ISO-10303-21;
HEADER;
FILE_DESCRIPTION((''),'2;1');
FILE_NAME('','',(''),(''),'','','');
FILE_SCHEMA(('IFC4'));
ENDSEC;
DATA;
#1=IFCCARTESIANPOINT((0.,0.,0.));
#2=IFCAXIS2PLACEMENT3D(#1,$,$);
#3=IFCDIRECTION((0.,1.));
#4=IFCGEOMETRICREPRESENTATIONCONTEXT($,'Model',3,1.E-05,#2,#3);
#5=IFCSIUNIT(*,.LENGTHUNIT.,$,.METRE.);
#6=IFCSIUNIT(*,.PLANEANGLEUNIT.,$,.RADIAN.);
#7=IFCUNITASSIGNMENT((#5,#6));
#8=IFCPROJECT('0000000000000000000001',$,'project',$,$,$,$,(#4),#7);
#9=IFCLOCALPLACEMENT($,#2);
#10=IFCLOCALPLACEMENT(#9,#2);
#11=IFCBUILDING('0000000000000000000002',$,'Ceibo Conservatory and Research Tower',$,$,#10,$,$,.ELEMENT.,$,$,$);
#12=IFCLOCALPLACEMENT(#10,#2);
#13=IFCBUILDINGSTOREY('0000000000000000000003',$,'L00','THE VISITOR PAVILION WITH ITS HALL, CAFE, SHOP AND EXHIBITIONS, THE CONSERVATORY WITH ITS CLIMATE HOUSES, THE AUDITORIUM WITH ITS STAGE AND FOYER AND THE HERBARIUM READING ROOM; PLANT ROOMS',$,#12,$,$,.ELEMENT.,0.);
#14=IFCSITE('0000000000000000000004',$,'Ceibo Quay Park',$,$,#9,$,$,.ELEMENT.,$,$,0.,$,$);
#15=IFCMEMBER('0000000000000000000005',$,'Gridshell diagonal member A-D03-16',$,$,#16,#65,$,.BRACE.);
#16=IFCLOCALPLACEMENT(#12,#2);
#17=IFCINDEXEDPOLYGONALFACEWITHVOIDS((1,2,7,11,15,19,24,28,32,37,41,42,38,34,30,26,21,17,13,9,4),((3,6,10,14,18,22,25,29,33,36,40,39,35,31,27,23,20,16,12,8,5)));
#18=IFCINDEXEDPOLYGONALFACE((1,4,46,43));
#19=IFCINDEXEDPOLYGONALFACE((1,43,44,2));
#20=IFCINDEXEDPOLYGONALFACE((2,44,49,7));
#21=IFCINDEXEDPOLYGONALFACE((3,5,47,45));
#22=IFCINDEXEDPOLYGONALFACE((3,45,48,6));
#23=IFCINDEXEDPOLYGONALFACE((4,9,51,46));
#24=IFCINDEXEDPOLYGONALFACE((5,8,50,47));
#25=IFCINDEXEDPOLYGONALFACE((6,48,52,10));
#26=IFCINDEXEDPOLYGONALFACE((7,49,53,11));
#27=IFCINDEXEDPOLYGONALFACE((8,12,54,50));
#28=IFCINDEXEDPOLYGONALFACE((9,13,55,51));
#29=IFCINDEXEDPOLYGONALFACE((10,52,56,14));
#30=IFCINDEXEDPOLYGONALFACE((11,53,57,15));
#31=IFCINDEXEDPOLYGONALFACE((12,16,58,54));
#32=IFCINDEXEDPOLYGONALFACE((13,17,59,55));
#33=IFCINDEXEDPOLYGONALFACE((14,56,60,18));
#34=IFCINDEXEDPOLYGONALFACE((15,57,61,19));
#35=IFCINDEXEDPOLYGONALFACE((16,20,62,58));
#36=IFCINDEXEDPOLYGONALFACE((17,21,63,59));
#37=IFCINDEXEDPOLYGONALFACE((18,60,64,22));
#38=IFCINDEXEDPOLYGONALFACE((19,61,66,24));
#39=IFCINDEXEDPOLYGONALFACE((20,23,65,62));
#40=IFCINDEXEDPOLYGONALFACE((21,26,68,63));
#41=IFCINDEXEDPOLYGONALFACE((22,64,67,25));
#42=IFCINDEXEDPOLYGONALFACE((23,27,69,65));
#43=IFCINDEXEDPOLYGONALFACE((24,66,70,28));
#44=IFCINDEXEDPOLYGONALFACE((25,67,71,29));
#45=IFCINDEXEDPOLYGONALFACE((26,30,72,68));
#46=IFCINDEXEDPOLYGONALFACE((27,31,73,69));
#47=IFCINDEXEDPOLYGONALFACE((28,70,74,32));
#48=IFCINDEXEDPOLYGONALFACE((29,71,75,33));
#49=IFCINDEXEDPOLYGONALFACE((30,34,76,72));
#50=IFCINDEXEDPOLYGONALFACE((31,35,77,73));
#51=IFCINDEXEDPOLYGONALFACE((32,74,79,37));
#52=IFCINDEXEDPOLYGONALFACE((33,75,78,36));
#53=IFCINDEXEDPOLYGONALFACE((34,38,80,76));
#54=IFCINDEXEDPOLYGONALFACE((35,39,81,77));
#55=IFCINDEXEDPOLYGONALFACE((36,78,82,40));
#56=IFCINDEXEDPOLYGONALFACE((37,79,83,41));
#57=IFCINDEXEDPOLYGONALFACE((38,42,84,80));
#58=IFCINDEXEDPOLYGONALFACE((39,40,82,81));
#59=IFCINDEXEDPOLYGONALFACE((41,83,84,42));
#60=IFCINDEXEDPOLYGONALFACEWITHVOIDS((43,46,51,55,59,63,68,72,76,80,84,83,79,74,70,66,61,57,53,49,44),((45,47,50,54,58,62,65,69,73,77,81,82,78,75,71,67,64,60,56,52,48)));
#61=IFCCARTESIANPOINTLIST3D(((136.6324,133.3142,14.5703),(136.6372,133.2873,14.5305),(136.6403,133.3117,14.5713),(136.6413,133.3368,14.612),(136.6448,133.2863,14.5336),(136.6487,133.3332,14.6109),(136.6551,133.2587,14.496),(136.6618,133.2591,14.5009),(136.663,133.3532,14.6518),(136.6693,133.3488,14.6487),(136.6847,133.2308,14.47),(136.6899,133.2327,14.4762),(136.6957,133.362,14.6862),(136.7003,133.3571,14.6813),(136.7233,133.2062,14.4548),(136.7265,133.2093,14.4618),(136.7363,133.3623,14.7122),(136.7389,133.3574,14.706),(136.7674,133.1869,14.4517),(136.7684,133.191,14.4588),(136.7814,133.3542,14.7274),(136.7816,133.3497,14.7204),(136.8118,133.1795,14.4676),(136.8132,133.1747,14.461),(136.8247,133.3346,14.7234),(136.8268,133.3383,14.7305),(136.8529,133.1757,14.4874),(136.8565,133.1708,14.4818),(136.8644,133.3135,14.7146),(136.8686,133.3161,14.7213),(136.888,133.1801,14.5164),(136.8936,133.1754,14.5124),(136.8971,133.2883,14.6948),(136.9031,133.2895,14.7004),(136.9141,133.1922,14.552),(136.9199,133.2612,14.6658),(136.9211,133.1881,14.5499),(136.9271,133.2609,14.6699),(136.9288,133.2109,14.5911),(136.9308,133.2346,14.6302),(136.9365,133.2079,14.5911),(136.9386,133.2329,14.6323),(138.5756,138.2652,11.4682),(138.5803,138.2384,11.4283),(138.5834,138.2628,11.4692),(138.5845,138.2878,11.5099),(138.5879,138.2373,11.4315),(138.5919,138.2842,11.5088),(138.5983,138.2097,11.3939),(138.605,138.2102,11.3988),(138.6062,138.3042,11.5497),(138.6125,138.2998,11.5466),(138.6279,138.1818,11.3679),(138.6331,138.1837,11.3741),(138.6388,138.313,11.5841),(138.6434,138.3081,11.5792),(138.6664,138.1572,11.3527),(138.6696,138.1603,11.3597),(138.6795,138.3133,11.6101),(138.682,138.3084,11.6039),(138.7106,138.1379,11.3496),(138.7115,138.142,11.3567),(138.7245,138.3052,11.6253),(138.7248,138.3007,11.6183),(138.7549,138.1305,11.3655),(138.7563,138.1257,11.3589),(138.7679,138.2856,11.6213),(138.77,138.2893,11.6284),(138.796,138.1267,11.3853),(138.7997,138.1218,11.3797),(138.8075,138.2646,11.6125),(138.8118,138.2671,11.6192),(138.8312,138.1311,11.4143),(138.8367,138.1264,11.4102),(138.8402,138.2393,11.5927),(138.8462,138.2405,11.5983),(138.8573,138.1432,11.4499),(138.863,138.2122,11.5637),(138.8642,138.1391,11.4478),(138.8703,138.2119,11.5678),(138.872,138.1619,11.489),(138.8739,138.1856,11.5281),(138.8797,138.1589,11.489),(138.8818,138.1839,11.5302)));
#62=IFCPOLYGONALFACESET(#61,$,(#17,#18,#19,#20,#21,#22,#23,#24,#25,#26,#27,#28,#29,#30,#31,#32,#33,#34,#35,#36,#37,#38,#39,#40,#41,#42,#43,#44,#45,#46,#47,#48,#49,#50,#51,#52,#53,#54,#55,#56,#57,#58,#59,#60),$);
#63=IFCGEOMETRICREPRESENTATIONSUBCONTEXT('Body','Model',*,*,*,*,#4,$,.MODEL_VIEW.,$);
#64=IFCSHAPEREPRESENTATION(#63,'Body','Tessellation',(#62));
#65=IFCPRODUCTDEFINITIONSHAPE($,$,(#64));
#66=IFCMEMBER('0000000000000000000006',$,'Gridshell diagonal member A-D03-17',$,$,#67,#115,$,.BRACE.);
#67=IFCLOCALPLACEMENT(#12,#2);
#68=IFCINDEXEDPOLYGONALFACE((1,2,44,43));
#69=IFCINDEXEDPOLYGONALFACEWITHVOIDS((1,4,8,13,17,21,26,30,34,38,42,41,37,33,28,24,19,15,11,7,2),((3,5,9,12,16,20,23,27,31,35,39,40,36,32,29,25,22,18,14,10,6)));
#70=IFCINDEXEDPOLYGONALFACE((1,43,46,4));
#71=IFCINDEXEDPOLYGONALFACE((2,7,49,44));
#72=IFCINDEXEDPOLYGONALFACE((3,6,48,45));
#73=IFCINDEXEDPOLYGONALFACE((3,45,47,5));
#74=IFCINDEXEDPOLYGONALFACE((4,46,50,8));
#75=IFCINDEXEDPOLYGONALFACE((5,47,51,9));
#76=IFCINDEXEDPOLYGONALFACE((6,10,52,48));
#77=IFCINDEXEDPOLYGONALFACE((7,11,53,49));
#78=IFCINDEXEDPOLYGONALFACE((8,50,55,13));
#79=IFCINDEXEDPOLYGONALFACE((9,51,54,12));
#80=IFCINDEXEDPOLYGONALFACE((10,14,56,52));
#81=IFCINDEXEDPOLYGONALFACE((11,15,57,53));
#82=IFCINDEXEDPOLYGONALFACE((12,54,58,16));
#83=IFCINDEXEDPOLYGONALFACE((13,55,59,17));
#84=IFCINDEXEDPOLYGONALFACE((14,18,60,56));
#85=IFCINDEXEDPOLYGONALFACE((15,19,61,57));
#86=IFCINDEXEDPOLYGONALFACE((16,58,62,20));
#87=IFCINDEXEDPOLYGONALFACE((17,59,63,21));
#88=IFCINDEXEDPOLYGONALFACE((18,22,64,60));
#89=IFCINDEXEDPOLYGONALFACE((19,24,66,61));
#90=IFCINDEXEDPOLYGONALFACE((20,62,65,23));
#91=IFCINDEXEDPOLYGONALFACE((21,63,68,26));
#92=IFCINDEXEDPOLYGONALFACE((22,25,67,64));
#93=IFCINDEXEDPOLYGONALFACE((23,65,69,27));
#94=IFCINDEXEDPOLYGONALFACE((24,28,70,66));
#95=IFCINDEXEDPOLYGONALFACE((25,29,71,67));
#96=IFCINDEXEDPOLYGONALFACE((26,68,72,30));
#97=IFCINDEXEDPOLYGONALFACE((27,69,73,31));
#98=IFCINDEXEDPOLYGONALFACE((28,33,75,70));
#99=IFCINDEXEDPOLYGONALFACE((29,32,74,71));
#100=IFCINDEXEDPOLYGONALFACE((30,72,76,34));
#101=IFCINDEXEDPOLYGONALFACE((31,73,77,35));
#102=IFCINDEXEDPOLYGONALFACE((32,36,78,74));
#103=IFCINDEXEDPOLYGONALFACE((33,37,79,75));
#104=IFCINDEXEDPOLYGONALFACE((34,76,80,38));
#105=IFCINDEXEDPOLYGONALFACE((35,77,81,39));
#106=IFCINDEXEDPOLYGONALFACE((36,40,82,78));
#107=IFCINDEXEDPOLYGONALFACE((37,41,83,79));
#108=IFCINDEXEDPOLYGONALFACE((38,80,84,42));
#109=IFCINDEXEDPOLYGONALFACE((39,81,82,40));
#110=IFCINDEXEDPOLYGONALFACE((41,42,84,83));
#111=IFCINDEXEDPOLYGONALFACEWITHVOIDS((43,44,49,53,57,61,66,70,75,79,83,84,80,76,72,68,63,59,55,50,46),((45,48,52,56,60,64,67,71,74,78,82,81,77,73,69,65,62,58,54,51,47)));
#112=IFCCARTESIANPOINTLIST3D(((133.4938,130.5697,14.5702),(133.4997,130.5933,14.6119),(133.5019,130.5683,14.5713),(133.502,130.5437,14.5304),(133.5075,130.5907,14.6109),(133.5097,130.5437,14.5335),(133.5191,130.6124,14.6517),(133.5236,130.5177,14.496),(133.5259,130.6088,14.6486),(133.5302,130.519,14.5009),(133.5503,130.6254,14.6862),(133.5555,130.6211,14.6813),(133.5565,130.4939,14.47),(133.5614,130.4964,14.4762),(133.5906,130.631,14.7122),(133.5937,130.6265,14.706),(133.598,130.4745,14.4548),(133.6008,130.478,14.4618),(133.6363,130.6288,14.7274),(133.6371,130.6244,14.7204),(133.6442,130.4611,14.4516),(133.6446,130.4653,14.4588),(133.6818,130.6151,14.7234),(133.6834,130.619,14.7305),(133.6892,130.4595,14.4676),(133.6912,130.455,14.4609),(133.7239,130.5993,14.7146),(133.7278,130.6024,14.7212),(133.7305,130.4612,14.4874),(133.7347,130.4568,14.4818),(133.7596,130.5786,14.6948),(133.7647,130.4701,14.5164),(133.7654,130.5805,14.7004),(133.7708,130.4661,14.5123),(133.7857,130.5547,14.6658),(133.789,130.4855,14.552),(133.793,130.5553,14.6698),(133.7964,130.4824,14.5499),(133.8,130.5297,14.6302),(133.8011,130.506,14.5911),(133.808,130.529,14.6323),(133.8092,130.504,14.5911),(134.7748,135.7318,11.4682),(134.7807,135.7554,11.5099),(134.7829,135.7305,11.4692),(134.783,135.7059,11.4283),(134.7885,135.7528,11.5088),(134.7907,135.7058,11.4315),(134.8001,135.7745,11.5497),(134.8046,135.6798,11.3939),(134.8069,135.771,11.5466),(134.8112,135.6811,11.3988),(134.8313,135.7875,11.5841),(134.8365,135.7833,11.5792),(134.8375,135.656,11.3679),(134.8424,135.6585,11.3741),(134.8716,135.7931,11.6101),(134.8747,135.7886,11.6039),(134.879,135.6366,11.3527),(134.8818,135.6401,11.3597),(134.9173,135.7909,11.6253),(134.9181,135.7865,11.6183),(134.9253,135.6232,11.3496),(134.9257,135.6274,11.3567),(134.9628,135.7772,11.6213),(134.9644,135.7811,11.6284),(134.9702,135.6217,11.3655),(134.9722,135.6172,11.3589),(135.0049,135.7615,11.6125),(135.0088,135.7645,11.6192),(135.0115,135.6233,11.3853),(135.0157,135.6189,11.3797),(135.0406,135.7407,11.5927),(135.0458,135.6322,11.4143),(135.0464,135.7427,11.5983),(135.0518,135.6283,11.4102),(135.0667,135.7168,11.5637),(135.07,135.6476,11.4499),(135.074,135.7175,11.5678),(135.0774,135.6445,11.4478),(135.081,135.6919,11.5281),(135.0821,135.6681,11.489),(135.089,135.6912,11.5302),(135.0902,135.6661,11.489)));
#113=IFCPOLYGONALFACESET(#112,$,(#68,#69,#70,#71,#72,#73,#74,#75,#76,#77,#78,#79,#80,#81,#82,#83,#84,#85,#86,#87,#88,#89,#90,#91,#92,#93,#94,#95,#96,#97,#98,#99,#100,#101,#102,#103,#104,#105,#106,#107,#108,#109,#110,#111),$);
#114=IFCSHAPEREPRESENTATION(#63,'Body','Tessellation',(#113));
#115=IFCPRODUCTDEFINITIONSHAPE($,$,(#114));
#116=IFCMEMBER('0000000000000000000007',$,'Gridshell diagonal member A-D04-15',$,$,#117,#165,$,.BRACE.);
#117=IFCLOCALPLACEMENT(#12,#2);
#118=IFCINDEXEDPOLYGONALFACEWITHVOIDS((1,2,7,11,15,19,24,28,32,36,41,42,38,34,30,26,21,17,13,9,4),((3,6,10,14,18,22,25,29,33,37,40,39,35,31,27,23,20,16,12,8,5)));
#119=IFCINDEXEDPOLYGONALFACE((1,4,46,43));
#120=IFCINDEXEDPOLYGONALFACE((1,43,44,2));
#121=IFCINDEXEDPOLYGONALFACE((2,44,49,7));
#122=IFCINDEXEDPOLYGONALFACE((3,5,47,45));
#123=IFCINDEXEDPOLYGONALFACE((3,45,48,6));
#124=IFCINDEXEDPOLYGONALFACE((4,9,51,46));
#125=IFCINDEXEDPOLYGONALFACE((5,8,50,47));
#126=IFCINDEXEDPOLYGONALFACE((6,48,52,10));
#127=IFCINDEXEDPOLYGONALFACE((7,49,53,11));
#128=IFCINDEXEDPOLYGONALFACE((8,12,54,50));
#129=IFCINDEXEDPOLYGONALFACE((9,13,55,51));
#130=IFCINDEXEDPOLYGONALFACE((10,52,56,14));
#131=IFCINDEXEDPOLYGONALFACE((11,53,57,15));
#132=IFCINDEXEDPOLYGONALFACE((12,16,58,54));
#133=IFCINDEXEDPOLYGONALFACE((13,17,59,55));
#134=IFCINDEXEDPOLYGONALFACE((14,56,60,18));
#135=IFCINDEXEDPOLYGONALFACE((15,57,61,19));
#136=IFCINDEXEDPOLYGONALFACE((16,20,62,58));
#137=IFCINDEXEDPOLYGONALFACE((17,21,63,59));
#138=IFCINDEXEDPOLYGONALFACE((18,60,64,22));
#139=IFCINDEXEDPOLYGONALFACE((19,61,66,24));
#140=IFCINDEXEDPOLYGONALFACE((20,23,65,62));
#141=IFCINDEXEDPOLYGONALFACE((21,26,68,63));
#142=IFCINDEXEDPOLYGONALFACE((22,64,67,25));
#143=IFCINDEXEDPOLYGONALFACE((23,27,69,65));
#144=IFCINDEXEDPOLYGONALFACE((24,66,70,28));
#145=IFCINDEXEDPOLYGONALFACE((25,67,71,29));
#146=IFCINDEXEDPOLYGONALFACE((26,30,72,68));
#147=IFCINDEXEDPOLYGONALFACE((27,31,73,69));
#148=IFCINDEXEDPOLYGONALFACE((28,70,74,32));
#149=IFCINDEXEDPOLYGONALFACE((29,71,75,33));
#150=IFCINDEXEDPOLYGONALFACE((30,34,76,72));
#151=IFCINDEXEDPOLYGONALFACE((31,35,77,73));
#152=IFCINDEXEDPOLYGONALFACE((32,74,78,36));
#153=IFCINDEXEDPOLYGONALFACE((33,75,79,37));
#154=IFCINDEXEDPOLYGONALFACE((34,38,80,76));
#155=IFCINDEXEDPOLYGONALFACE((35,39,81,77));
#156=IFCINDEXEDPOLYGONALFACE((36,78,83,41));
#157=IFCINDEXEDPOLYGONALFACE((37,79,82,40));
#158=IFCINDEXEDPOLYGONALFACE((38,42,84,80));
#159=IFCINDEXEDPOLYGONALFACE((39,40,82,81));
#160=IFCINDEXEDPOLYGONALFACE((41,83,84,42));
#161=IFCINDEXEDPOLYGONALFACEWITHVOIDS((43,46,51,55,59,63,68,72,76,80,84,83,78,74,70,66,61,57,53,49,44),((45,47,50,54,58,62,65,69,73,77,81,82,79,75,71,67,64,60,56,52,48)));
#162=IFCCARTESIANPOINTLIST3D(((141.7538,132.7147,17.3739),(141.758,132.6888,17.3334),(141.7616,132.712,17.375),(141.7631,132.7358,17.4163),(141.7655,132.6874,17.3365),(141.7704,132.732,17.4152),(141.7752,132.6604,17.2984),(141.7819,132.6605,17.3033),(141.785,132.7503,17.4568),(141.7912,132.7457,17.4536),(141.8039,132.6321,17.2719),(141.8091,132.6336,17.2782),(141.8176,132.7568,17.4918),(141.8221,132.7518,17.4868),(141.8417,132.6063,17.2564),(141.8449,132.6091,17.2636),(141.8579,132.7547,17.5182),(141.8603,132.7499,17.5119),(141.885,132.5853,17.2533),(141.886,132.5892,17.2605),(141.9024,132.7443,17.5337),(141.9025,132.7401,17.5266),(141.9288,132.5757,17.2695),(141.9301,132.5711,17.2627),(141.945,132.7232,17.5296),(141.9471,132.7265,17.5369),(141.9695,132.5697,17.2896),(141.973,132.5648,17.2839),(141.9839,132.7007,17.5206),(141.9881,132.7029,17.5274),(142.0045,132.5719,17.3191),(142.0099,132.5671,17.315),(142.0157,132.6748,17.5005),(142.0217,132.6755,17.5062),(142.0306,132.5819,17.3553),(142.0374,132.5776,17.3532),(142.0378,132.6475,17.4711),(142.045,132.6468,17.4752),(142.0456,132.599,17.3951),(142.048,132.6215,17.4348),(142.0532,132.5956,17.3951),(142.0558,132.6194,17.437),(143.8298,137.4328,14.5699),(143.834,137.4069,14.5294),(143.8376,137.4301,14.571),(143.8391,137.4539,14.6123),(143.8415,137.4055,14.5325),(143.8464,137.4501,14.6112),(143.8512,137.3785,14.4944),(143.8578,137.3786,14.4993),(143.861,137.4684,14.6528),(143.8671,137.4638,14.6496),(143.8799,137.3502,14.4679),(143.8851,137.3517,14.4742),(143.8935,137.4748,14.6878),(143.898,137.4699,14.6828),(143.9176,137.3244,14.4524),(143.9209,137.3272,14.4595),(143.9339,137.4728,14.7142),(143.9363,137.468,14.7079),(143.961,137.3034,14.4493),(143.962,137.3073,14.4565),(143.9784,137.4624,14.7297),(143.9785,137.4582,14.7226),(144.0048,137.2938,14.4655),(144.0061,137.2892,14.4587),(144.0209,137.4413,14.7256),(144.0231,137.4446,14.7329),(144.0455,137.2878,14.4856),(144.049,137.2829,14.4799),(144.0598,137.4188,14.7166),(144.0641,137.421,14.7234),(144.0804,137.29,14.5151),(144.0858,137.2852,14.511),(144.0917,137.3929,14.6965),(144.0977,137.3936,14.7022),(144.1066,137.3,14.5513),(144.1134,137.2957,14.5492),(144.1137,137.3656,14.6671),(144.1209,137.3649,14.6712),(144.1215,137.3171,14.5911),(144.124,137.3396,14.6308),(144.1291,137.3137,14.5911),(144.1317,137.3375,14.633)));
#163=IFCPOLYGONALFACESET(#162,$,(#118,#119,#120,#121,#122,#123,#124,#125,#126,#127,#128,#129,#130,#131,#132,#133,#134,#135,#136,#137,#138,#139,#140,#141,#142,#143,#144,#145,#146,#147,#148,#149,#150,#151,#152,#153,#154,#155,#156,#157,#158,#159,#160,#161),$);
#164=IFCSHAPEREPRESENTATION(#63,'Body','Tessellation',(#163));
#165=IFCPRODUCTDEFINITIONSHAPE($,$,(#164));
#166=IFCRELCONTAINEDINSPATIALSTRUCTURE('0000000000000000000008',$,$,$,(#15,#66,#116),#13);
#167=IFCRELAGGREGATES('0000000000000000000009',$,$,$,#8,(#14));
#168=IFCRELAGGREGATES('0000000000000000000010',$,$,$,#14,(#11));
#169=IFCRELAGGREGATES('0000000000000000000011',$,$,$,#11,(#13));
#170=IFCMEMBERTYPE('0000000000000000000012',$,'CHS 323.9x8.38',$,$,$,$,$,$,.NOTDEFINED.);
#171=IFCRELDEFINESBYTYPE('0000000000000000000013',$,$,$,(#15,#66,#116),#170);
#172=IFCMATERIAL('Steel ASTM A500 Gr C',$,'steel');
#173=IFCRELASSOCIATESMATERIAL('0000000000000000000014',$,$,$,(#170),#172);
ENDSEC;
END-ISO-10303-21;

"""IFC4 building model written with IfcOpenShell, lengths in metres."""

from ifc_helpers import new_model, si_unit, direction, frame, origin, origin_2d, place, context, subcontext, project, spatial, hollow_circle, extrude, material, material_profile, profile_set, type_object, element, save


model = new_model("IFC4")

# Units and contexts
model_context = context("Model", 3, precision=1e-05, world=origin(), true_north=direction((0.0, 1.0)))
body_context = subcontext(model_context, "Body", "Model", "MODEL_VIEW")
ifc_project = project(units=[si_unit("LENGTHUNIT", "METRE"), si_unit("PLANEANGLEUNIT", "RADIAN")], contexts=[model_context])

# Site, building, storey
site_placement = place(None, origin())
site = spatial("IfcSite", under=ifc_project, at=site_placement, Name="Ceibo Quay Park", CompositionType="ELEMENT", RefElevation=0.0)
building_placement = place(site_placement, origin())
building = spatial("IfcBuilding", under=site, at=building_placement, Name="Ceibo Conservatory and Research Tower", CompositionType="ELEMENT")
storey_placement = place(building_placement, origin())
storey = spatial("IfcBuildingStorey", under=building, at=storey_placement, Name="L00", Description="THE VISITOR PAVILION WITH ITS HALL, CAFE, SHOP AND EXHIBITIONS, THE CONSERVATORY WITH ITS CLIMATE HOUSES, THE AUDITORIUM WITH ITS STAGE AND FOYER AND THE HERBARIUM READING ROOM; PLANT ROOMS", CompositionType="ELEMENT", Elevation=0.0)

# Members
ifc_material_1 = material(Name="Steel ASTM A500 Gr C", Category="steel")
ifc_material_profile_1 = material_profile(ifc_material_1, hollow_circle(Radius=0.1619, WallThickness=0.0083, at=origin_2d()), Name="CHS 323.9x8.38")
ifc_profile_set_1 = profile_set([ifc_material_profile_1], Name="Steel ASTM A500 Gr C")
member_type_1 = type_object("IfcMemberType", Name="CHS 323.9x8.38", PredefinedType="NOTDEFINED", material=ifc_profile_set_1)
for number, where, z_axis, x_axis, name in (
    (1, (138.729, 138.218, 11.489), (-0.315588, -0.804098, 0.503815), (0.930873, -0.365344, 0.0), "Gridshell diagonal member A-D03-16"),
    (2, (134.9331, 135.7051, 11.489), (-0.20805, -0.838386, 0.503809), (0.970562, -0.24085, 0.0), "Gridshell diagonal member A-D03-17"),
):
    element("IfcMember", number, at=place(storey_placement, frame(where, z_axis=z_axis, x_axis=x_axis)), inside=storey, type_object=member_type_1, Name=name, PredefinedType="BRACE", context=body_context, shape_type="SweptSolid", body=[
        extrude(hollow_circle(Radius=0.1619, WallThickness=0.0083, at=origin_2d()), origin(), (0.0, 0.0, 1.0), 6.1572),
    ])
member_1_placement = place(storey_placement, frame((143.981, 137.3789, 14.5911), z_axis=(-0.353782, -0.804049, 0.477853), x_axis=(0.915315, -0.402739, 0.0)))
element("IfcMember", 3, at=member_1_placement, inside=storey, type_object=member_type_1, Name="Gridshell diagonal member A-D04-15", PredefinedType="BRACE", context=body_context, shape_type="SweptSolid", body=[
    extrude(hollow_circle(Radius=0.1619, WallThickness=0.0083, at=origin_2d()), origin(), (0.0, 0.0, 1.0), 5.8679),
])

save(model, "model.ifc")
